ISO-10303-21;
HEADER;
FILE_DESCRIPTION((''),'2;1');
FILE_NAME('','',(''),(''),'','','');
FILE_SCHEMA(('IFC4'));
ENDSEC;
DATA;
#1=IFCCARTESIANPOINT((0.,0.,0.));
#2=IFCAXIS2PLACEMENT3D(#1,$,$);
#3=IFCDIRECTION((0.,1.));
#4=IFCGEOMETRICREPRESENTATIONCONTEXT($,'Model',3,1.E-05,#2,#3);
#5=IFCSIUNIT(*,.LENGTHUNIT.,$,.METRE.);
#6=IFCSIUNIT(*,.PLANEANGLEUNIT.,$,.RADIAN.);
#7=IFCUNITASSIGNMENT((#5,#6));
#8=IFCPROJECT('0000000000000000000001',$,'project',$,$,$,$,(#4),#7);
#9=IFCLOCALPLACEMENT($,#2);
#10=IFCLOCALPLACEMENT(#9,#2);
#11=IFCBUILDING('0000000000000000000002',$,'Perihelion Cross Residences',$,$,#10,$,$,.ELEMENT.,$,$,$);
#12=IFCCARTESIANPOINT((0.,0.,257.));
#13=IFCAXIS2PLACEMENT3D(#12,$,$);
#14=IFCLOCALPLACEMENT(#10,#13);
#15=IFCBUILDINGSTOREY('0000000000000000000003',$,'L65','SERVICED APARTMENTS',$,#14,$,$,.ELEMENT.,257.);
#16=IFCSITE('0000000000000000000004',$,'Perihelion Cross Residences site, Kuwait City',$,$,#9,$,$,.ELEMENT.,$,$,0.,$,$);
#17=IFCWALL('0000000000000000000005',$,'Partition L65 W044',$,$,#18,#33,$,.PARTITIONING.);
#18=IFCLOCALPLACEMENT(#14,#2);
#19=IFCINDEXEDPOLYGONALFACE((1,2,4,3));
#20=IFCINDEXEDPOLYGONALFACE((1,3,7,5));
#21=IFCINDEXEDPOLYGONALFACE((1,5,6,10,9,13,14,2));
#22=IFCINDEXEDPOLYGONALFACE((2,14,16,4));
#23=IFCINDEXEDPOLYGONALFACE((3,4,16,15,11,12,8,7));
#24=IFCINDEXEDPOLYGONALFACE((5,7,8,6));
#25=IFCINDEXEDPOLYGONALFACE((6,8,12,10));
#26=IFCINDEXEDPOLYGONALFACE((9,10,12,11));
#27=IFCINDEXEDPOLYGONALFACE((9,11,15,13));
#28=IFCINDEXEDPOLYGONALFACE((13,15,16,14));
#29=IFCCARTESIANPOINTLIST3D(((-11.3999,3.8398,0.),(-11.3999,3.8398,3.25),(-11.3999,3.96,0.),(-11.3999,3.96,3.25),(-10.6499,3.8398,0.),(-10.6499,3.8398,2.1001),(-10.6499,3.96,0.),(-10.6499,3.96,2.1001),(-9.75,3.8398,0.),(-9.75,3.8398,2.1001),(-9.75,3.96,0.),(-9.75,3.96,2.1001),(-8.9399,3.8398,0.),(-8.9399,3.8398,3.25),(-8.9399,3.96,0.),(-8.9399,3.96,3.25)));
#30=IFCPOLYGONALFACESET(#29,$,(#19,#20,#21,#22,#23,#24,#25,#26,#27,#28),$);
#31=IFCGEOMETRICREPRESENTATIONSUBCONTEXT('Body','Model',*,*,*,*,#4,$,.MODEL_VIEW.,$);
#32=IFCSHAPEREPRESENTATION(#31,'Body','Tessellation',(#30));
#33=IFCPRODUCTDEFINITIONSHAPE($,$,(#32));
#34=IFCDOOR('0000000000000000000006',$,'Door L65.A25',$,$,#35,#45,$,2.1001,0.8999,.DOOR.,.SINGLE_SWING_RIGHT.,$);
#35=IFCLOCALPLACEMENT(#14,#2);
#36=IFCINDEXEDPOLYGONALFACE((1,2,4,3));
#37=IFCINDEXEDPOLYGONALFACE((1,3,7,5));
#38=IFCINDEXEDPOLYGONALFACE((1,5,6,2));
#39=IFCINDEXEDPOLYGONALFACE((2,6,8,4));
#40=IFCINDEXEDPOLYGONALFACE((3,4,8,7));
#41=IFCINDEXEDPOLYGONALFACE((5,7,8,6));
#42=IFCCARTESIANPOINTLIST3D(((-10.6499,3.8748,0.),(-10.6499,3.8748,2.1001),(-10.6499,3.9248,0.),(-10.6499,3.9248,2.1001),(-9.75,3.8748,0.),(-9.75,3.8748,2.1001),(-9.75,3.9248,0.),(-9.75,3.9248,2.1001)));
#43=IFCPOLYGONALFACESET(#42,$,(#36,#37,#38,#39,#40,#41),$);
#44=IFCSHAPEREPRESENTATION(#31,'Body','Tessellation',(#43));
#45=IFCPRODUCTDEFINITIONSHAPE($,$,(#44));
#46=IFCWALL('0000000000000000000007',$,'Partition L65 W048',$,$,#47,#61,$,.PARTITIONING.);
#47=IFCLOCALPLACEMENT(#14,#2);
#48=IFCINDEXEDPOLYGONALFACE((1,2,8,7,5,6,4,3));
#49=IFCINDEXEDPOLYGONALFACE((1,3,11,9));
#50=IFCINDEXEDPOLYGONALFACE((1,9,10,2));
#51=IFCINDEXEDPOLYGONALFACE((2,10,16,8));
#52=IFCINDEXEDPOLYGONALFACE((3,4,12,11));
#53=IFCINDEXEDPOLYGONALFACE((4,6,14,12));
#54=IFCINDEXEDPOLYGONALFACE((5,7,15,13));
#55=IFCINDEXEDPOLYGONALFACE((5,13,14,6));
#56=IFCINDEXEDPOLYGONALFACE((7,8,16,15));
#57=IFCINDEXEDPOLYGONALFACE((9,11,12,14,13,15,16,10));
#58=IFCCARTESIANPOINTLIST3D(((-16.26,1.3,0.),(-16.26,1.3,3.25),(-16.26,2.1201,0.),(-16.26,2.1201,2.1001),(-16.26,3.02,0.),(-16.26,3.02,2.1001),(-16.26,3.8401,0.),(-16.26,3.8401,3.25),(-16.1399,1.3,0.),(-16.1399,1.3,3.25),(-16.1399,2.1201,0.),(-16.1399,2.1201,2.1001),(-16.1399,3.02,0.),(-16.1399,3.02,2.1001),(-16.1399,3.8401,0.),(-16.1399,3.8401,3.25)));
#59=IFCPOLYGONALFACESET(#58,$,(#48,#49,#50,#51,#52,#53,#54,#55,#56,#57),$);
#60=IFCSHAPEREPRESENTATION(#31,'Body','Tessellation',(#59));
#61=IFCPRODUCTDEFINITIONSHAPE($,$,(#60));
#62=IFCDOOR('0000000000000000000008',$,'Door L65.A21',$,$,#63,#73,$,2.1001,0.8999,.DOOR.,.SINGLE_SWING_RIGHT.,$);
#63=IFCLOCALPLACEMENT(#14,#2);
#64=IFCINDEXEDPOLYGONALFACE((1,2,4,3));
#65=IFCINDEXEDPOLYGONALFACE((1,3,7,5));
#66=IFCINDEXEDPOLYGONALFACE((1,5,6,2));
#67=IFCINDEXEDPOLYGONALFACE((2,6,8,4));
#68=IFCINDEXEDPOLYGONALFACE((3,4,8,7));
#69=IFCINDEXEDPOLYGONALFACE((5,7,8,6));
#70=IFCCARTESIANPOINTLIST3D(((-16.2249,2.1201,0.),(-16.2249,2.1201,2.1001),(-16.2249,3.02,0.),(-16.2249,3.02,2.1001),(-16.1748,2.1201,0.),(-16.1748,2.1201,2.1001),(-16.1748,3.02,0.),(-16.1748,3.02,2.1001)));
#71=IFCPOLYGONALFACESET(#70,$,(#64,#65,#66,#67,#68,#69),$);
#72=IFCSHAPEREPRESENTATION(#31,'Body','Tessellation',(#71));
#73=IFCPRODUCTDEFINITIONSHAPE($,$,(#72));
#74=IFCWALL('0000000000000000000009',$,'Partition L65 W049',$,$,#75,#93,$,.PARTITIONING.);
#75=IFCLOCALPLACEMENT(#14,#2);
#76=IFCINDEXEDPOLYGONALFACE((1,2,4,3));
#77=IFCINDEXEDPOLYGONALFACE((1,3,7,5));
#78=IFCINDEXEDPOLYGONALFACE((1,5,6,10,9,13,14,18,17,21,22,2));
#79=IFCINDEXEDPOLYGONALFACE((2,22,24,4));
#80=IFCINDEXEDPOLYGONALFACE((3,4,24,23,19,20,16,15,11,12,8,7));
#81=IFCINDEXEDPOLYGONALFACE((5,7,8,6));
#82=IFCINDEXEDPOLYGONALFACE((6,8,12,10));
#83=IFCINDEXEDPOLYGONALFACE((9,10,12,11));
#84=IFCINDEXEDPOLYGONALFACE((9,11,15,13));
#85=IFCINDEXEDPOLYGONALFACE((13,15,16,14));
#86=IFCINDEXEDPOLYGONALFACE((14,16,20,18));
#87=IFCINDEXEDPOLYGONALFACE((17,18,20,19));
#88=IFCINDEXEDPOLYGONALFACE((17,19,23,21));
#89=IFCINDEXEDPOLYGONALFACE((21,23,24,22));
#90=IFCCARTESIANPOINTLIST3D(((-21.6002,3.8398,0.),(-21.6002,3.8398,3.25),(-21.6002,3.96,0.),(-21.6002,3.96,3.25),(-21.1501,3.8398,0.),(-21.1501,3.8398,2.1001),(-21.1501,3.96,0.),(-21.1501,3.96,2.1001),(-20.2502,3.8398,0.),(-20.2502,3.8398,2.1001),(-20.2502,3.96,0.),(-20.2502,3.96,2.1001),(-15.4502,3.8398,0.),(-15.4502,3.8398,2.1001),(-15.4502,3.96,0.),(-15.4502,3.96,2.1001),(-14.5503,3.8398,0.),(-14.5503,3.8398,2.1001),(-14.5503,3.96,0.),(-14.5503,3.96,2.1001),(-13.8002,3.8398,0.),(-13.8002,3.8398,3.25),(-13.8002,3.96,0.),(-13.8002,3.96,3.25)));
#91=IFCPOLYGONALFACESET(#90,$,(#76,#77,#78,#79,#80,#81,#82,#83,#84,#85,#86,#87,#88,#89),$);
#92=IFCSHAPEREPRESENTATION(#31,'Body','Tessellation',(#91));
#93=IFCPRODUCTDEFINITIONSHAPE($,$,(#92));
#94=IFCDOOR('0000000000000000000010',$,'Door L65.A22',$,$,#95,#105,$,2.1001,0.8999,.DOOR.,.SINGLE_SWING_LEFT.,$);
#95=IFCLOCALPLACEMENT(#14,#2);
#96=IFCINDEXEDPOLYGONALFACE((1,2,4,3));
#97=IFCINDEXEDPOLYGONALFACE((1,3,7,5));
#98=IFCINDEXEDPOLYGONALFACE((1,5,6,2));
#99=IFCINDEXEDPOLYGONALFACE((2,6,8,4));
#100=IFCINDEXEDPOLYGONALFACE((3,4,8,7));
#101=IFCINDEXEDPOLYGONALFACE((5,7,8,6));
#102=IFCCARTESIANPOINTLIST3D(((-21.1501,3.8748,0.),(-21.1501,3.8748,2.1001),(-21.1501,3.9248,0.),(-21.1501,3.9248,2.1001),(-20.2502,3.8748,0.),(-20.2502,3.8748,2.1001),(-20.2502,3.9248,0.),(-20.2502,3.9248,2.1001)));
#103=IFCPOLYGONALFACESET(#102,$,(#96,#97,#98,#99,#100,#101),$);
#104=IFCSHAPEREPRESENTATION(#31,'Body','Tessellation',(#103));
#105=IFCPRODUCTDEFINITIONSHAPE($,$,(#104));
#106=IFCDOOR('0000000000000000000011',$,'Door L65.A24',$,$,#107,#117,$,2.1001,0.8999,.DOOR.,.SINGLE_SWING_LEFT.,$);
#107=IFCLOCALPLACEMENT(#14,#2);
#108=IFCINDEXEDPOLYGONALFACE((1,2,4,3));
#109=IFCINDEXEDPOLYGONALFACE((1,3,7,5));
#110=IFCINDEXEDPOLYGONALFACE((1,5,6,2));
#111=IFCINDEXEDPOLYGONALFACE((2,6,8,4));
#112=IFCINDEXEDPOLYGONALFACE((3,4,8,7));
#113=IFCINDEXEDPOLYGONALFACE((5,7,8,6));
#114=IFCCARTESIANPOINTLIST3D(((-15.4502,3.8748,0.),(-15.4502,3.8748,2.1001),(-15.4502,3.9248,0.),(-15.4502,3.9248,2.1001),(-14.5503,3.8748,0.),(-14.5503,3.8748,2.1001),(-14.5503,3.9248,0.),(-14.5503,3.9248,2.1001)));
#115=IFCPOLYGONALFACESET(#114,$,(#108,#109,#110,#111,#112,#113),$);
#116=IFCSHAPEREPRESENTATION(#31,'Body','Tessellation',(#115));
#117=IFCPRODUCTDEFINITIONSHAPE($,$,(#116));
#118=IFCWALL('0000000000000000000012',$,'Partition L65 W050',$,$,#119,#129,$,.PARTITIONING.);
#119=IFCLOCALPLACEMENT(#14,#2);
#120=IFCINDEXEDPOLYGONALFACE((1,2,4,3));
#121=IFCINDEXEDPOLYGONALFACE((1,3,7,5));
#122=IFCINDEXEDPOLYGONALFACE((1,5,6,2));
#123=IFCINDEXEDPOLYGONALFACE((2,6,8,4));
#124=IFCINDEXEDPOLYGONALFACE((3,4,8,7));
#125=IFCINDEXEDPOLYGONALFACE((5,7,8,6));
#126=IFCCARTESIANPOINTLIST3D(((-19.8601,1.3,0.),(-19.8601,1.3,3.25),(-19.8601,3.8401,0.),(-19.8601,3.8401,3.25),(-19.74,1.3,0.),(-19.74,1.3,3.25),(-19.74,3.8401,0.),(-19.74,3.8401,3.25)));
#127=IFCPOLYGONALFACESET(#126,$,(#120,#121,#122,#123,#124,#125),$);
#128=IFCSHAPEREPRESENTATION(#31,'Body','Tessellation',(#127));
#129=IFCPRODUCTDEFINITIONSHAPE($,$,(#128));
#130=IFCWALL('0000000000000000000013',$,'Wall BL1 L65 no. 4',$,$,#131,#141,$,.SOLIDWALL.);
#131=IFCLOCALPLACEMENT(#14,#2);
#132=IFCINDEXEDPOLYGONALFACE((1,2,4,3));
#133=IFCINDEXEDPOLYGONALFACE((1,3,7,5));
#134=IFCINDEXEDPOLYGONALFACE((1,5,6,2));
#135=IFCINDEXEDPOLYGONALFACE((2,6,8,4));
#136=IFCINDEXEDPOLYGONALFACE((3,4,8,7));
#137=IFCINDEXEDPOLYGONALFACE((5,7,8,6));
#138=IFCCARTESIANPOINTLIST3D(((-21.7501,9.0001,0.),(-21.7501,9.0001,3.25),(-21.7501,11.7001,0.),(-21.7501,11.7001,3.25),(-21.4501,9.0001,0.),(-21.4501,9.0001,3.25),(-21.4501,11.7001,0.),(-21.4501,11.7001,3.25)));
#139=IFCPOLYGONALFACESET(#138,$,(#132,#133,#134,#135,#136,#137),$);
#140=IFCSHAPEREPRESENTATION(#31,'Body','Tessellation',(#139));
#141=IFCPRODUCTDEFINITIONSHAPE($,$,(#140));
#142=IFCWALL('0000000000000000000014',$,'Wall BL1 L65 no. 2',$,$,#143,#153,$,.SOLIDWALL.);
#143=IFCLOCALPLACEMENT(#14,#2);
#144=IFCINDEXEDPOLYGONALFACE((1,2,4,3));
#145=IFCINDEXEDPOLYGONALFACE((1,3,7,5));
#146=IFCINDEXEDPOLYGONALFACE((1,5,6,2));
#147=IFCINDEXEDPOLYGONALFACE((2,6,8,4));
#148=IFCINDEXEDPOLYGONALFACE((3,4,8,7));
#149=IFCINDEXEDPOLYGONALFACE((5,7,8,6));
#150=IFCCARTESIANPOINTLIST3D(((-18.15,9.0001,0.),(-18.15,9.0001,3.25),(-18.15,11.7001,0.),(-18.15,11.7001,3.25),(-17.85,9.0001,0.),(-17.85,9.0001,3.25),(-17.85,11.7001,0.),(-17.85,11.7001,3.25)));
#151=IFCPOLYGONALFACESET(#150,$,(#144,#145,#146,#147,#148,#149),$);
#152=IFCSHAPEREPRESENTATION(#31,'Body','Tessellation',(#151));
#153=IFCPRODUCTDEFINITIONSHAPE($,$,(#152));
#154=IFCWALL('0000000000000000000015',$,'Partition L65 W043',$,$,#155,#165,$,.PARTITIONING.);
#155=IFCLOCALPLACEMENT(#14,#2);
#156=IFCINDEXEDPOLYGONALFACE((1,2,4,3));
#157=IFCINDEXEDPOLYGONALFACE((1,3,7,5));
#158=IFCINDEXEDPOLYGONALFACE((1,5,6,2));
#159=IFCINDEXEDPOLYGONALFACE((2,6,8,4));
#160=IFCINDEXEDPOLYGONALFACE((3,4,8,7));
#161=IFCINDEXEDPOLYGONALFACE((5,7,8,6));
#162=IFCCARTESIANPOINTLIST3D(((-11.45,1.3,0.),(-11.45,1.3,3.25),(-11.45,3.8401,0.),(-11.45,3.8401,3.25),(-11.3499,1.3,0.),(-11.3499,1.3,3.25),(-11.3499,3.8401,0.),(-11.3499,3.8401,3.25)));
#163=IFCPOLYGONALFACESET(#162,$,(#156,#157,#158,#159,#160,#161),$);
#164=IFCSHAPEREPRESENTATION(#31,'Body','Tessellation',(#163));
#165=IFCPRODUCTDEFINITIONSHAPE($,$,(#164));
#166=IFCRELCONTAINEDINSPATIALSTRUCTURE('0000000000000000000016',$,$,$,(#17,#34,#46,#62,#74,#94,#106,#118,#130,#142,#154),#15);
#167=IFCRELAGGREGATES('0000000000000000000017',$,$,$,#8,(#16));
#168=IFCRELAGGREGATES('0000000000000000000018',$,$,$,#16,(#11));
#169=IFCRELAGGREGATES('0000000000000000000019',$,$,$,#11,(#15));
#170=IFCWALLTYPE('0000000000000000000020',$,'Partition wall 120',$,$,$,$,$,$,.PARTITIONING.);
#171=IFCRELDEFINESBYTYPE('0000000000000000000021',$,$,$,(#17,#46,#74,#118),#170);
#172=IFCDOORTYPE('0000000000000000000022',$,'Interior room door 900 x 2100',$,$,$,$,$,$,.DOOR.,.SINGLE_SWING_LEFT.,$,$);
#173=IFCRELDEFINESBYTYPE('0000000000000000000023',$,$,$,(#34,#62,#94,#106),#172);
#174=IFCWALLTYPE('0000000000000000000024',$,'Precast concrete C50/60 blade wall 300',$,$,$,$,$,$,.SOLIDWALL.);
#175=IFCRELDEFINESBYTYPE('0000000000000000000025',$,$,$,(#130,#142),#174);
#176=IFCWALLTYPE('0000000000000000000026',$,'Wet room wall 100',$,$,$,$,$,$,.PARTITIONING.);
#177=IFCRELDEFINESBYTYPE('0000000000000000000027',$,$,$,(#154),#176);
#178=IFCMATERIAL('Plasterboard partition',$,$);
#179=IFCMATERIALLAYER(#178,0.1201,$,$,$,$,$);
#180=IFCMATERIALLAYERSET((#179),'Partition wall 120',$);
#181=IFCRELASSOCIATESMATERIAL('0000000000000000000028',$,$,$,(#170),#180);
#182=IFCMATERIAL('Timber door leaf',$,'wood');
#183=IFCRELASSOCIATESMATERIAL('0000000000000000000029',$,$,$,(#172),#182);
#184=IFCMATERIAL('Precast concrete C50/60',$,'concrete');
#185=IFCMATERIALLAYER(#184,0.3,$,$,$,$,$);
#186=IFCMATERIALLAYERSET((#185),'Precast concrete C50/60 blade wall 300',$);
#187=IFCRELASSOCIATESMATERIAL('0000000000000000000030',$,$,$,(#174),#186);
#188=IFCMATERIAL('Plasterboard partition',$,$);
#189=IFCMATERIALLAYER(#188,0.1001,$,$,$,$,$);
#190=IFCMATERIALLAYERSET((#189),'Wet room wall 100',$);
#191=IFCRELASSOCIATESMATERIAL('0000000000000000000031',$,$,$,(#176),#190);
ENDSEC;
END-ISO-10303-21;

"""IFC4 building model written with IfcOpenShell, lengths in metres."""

from ifc_helpers import new_model, si_unit, direction, frame, frame_2d, origin, place, context, subcontext, project, spatial, rectangle, extrude, material, layer, layer_set, type_object, element, fill, save


model = new_model("IFC4")

# Units and contexts
model_context = context("Model", 3, precision=1e-05, world=origin(), true_north=direction((0.0, 1.0)))
body_context = subcontext(model_context, "Body", "Model", "MODEL_VIEW")
ifc_project = project(units=[si_unit("LENGTHUNIT", "METRE"), si_unit("PLANEANGLEUNIT", "RADIAN")], contexts=[model_context])

# Site, building, storey
site_placement = place(None, origin())
site = spatial("IfcSite", under=ifc_project, at=site_placement, Name="Perihelion Cross Residences site, Kuwait City", CompositionType="ELEMENT", RefElevation=0.0)
building_placement = place(site_placement, origin())
building = spatial("IfcBuilding", under=site, at=building_placement, Name="Perihelion Cross Residences", CompositionType="ELEMENT")
storey_placement = place(building_placement, frame((0.0, 0.0, 257.0)))
storey = spatial("IfcBuildingStorey", under=building, at=storey_placement, Name="L65", Description="SERVICED APARTMENTS", CompositionType="ELEMENT", Elevation=257.0)

# Walls, openings, doors
ifc_material_1 = material(Name="Plasterboard partition")
ifc_layer_1 = layer(ifc_material_1, 0.1201)
ifc_layer_set_1 = layer_set([ifc_layer_1], Name="Partition wall 120")
wall_type_1 = type_object("IfcWallType", Name="Partition wall 120", PredefinedType="PARTITIONING", material=ifc_layer_set_1)
wall_1_placement = place(storey_placement, frame((-11.3999, 3.8999, 0.0), z_axis=(0.0, 0.0, 1.0), x_axis=(1.0, 0.0, 0.0)))
wall_1 = element("IfcWall", 1, at=wall_1_placement, inside=storey, type_object=wall_type_1, Name="Partition L65 W044", PredefinedType="PARTITIONING", context=body_context, shape_type="SweptSolid", body=[
    extrude(rectangle(XDim=2.46, YDim=0.1201, at=frame_2d((1.23, 0.0))), origin(), (0.0, 0.0, 1.0), 3.25),
])
opening_1_placement = place(wall_1_placement, frame((0.75, 0.0, 0.0)))
opening_1 = element("IfcOpeningElement", 2, at=opening_1_placement, cuts=wall_1, PredefinedType="OPENING", context=body_context, shape_type="SweptSolid", body=[
    extrude(rectangle(XDim=0.8999, YDim=2.1001, at=frame_2d((0.45, 1.05))), frame((0.0, 0.0701, 0.0), z_axis=(0.0, -1.0, 0.0), x_axis=(1.0, 0.0, 0.0)), (0.0, 0.0, 1.0), 0.1401),
])
ifc_material_2 = material(Name="Timber door leaf", Category="wood")
door_type_1 = type_object("IfcDoorType", Name="Interior room door 900 x 2100", OperationType="SINGLE_SWING_LEFT", PredefinedType="DOOR", material=ifc_material_2)
door_1_placement = place(opening_1_placement, origin())
door_1 = element("IfcDoor", 3, at=door_1_placement, inside=storey, type_object=door_type_1, Name="Door L65.A25", OperationType="SINGLE_SWING_RIGHT", OverallHeight=2.1001, OverallWidth=0.8999, PredefinedType="DOOR", context=body_context, shape_type="SweptSolid", body=[
    extrude(rectangle(XDim=0.8999, YDim=2.1001, at=frame_2d((0.45, 1.05))), frame((0.0, 0.0249, 0.0), z_axis=(0.0, -1.0, 0.0), x_axis=(1.0, 0.0, 0.0)), (0.0, 0.0, 1.0), 0.05),
])
fill(opening_1, door_1)
wall_2_placement = place(storey_placement, frame((-16.2, 1.3, 0.0), z_axis=(0.0, 0.0, 1.0), x_axis=(0.0, 1.0, 0.0)))
wall_2 = element("IfcWall", 4, at=wall_2_placement, inside=storey, type_object=wall_type_1, Name="Partition L65 W048", PredefinedType="PARTITIONING", context=body_context, shape_type="SweptSolid", body=[
    extrude(rectangle(XDim=2.54, YDim=0.1201, at=frame_2d((1.27, 0.0))), origin(), (0.0, 0.0, 1.0), 3.25),
])
opening_2_placement = place(wall_2_placement, frame((0.8201, 0.0, 0.0)))
opening_2 = element("IfcOpeningElement", 5, at=opening_2_placement, cuts=wall_2, PredefinedType="OPENING", context=body_context, shape_type="SweptSolid", body=[
    extrude(rectangle(XDim=0.8999, YDim=2.1001, at=frame_2d((0.45, 1.05))), frame((0.0, 0.0701, 0.0), z_axis=(0.0, -1.0, 0.0), x_axis=(1.0, 0.0, 0.0)), (0.0, 0.0, 1.0), 0.1401),
])
door_2_placement = place(opening_2_placement, origin())
door_2 = element("IfcDoor", 6, at=door_2_placement, inside=storey, type_object=door_type_1, Name="Door L65.A21", OperationType="SINGLE_SWING_RIGHT", OverallHeight=2.1001, OverallWidth=0.8999, PredefinedType="DOOR", context=body_context, shape_type="SweptSolid", body=[
    extrude(rectangle(XDim=0.8999, YDim=2.1001, at=frame_2d((0.45, 1.05))), frame((0.0, 0.0249, 0.0), z_axis=(0.0, -1.0, 0.0), x_axis=(1.0, 0.0, 0.0)), (0.0, 0.0, 1.0), 0.05),
])
fill(opening_2, door_2)

# Wall, openings, doors
wall_3_placement = place(storey_placement, frame((-21.6001, 3.8999, 0.0), z_axis=(0.0, 0.0, 1.0), x_axis=(1.0, 0.0, 0.0)))
wall_3 = element("IfcWall", 7, at=wall_3_placement, inside=storey, type_object=wall_type_1, Name="Partition L65 W049", PredefinedType="PARTITIONING", context=body_context, shape_type="SweptSolid", body=[
    extrude(rectangle(XDim=7.8, YDim=0.1201, at=frame_2d((3.8999, 0.0))), origin(), (0.0, 0.0, 1.0), 3.25),
])
opening_3_placement = place(wall_3_placement, frame((0.45, 0.0, 0.0)))
opening_3 = element("IfcOpeningElement", 8, at=opening_3_placement, cuts=wall_3, PredefinedType="OPENING", context=body_context, shape_type="SweptSolid", body=[
    extrude(rectangle(XDim=0.8999, YDim=2.1001, at=frame_2d((0.45, 1.05))), frame((0.0, 0.0701, 0.0), z_axis=(0.0, -1.0, 0.0), x_axis=(1.0, 0.0, 0.0)), (0.0, 0.0, 1.0), 0.1401),
])
opening_4_placement = place(wall_3_placement, frame((6.1499, 0.0, 0.0)))
opening_4 = element("IfcOpeningElement", 9, at=opening_4_placement, cuts=wall_3, PredefinedType="OPENING", context=body_context, shape_type="SweptSolid", body=[
    extrude(rectangle(XDim=0.8999, YDim=2.1001, at=frame_2d((0.45, 1.05))), frame((0.0, 0.0701, 0.0), z_axis=(0.0, -1.0, 0.0), x_axis=(1.0, 0.0, 0.0)), (0.0, 0.0, 1.0), 0.1401),
])
door_3_placement = place(opening_3_placement, origin())
door_3 = element("IfcDoor", 10, at=door_3_placement, inside=storey, type_object=door_type_1, Name="Door L65.A22", OperationType="SINGLE_SWING_LEFT", OverallHeight=2.1001, OverallWidth=0.8999, PredefinedType="DOOR", context=body_context, shape_type="SweptSolid", body=[
    extrude(rectangle(XDim=0.8999, YDim=2.1001, at=frame_2d((0.45, 1.05))), frame((0.0, 0.0249, 0.0), z_axis=(0.0, -1.0, 0.0), x_axis=(1.0, 0.0, 0.0)), (0.0, 0.0, 1.0), 0.05),
])
fill(opening_3, door_3)
door_4_placement = place(opening_4_placement, origin())
door_4 = element("IfcDoor", 11, at=door_4_placement, inside=storey, type_object=door_type_1, Name="Door L65.A24", OperationType="SINGLE_SWING_LEFT", OverallHeight=2.1001, OverallWidth=0.8999, PredefinedType="DOOR", context=body_context, shape_type="SweptSolid", body=[
    extrude(rectangle(XDim=0.8999, YDim=2.1001, at=frame_2d((0.45, 1.05))), frame((0.0, 0.0249, 0.0), z_axis=(0.0, -1.0, 0.0), x_axis=(1.0, 0.0, 0.0)), (0.0, 0.0, 1.0), 0.05),
])
fill(opening_4, door_4)

# Walls
wall_4_placement = place(storey_placement, frame((-19.8, 1.3, 0.0), z_axis=(0.0, 0.0, 1.0), x_axis=(0.0, 1.0, 0.0)))
element("IfcWall", 12, at=wall_4_placement, inside=storey, type_object=wall_type_1, Name="Partition L65 W050", PredefinedType="PARTITIONING", context=body_context, shape_type="SweptSolid", body=[
    extrude(rectangle(XDim=2.54, YDim=0.1201, at=frame_2d((1.27, 0.0))), origin(), (0.0, 0.0, 1.0), 3.25),
])
ifc_material_3 = material(Name="Precast concrete C50/60", Category="concrete")
ifc_layer_2 = layer(ifc_material_3, 0.3)
ifc_layer_set_2 = layer_set([ifc_layer_2], Name="Precast concrete C50/60 blade wall 300")
wall_type_2 = type_object("IfcWallType", Name="Precast concrete C50/60 blade wall 300", PredefinedType="SOLIDWALL", material=ifc_layer_set_2)
for number, where, z_axis, x_axis, name in (
    (13, (-21.6001, 9.0, 0.0), (0.0, 0.0, 1.0), (0.0, 1.0, 0.0), "Wall BL1 L65 no. 4"),
    (14, (-18.0, 9.0, 0.0), (0.0, 0.0, 1.0), (0.0, 1.0, 0.0), "Wall BL1 L65 no. 2"),
):
    element("IfcWall", number, at=place(storey_placement, frame(where, z_axis=z_axis, x_axis=x_axis)), inside=storey, type_object=wall_type_2, Name=name, PredefinedType="SOLIDWALL", context=body_context, shape_type="SweptSolid", body=[
        extrude(rectangle(XDim=2.7, YDim=0.3, at=frame_2d((1.3501, 0.0))), origin(), (0.0, 0.0, 1.0), 3.25),
    ])
ifc_material_4 = material(Name="Plasterboard partition")
ifc_layer_3 = layer(ifc_material_4, 0.1001)
ifc_layer_set_3 = layer_set([ifc_layer_3], Name="Wet room wall 100")
wall_type_3 = type_object("IfcWallType", Name="Wet room wall 100", PredefinedType="PARTITIONING", material=ifc_layer_set_3)
wall_5_placement = place(storey_placement, frame((-11.3999, 1.3, 0.0), z_axis=(0.0, 0.0, 1.0), x_axis=(0.0, 1.0, 0.0)))
element("IfcWall", 15, at=wall_5_placement, inside=storey, type_object=wall_type_3, Name="Partition L65 W043", PredefinedType="PARTITIONING", context=body_context, shape_type="SweptSolid", body=[
    extrude(rectangle(XDim=2.54, YDim=0.1001, at=frame_2d((1.27, 0.0))), origin(), (0.0, 0.0, 1.0), 3.25),
])

save(model, "model.ifc")
